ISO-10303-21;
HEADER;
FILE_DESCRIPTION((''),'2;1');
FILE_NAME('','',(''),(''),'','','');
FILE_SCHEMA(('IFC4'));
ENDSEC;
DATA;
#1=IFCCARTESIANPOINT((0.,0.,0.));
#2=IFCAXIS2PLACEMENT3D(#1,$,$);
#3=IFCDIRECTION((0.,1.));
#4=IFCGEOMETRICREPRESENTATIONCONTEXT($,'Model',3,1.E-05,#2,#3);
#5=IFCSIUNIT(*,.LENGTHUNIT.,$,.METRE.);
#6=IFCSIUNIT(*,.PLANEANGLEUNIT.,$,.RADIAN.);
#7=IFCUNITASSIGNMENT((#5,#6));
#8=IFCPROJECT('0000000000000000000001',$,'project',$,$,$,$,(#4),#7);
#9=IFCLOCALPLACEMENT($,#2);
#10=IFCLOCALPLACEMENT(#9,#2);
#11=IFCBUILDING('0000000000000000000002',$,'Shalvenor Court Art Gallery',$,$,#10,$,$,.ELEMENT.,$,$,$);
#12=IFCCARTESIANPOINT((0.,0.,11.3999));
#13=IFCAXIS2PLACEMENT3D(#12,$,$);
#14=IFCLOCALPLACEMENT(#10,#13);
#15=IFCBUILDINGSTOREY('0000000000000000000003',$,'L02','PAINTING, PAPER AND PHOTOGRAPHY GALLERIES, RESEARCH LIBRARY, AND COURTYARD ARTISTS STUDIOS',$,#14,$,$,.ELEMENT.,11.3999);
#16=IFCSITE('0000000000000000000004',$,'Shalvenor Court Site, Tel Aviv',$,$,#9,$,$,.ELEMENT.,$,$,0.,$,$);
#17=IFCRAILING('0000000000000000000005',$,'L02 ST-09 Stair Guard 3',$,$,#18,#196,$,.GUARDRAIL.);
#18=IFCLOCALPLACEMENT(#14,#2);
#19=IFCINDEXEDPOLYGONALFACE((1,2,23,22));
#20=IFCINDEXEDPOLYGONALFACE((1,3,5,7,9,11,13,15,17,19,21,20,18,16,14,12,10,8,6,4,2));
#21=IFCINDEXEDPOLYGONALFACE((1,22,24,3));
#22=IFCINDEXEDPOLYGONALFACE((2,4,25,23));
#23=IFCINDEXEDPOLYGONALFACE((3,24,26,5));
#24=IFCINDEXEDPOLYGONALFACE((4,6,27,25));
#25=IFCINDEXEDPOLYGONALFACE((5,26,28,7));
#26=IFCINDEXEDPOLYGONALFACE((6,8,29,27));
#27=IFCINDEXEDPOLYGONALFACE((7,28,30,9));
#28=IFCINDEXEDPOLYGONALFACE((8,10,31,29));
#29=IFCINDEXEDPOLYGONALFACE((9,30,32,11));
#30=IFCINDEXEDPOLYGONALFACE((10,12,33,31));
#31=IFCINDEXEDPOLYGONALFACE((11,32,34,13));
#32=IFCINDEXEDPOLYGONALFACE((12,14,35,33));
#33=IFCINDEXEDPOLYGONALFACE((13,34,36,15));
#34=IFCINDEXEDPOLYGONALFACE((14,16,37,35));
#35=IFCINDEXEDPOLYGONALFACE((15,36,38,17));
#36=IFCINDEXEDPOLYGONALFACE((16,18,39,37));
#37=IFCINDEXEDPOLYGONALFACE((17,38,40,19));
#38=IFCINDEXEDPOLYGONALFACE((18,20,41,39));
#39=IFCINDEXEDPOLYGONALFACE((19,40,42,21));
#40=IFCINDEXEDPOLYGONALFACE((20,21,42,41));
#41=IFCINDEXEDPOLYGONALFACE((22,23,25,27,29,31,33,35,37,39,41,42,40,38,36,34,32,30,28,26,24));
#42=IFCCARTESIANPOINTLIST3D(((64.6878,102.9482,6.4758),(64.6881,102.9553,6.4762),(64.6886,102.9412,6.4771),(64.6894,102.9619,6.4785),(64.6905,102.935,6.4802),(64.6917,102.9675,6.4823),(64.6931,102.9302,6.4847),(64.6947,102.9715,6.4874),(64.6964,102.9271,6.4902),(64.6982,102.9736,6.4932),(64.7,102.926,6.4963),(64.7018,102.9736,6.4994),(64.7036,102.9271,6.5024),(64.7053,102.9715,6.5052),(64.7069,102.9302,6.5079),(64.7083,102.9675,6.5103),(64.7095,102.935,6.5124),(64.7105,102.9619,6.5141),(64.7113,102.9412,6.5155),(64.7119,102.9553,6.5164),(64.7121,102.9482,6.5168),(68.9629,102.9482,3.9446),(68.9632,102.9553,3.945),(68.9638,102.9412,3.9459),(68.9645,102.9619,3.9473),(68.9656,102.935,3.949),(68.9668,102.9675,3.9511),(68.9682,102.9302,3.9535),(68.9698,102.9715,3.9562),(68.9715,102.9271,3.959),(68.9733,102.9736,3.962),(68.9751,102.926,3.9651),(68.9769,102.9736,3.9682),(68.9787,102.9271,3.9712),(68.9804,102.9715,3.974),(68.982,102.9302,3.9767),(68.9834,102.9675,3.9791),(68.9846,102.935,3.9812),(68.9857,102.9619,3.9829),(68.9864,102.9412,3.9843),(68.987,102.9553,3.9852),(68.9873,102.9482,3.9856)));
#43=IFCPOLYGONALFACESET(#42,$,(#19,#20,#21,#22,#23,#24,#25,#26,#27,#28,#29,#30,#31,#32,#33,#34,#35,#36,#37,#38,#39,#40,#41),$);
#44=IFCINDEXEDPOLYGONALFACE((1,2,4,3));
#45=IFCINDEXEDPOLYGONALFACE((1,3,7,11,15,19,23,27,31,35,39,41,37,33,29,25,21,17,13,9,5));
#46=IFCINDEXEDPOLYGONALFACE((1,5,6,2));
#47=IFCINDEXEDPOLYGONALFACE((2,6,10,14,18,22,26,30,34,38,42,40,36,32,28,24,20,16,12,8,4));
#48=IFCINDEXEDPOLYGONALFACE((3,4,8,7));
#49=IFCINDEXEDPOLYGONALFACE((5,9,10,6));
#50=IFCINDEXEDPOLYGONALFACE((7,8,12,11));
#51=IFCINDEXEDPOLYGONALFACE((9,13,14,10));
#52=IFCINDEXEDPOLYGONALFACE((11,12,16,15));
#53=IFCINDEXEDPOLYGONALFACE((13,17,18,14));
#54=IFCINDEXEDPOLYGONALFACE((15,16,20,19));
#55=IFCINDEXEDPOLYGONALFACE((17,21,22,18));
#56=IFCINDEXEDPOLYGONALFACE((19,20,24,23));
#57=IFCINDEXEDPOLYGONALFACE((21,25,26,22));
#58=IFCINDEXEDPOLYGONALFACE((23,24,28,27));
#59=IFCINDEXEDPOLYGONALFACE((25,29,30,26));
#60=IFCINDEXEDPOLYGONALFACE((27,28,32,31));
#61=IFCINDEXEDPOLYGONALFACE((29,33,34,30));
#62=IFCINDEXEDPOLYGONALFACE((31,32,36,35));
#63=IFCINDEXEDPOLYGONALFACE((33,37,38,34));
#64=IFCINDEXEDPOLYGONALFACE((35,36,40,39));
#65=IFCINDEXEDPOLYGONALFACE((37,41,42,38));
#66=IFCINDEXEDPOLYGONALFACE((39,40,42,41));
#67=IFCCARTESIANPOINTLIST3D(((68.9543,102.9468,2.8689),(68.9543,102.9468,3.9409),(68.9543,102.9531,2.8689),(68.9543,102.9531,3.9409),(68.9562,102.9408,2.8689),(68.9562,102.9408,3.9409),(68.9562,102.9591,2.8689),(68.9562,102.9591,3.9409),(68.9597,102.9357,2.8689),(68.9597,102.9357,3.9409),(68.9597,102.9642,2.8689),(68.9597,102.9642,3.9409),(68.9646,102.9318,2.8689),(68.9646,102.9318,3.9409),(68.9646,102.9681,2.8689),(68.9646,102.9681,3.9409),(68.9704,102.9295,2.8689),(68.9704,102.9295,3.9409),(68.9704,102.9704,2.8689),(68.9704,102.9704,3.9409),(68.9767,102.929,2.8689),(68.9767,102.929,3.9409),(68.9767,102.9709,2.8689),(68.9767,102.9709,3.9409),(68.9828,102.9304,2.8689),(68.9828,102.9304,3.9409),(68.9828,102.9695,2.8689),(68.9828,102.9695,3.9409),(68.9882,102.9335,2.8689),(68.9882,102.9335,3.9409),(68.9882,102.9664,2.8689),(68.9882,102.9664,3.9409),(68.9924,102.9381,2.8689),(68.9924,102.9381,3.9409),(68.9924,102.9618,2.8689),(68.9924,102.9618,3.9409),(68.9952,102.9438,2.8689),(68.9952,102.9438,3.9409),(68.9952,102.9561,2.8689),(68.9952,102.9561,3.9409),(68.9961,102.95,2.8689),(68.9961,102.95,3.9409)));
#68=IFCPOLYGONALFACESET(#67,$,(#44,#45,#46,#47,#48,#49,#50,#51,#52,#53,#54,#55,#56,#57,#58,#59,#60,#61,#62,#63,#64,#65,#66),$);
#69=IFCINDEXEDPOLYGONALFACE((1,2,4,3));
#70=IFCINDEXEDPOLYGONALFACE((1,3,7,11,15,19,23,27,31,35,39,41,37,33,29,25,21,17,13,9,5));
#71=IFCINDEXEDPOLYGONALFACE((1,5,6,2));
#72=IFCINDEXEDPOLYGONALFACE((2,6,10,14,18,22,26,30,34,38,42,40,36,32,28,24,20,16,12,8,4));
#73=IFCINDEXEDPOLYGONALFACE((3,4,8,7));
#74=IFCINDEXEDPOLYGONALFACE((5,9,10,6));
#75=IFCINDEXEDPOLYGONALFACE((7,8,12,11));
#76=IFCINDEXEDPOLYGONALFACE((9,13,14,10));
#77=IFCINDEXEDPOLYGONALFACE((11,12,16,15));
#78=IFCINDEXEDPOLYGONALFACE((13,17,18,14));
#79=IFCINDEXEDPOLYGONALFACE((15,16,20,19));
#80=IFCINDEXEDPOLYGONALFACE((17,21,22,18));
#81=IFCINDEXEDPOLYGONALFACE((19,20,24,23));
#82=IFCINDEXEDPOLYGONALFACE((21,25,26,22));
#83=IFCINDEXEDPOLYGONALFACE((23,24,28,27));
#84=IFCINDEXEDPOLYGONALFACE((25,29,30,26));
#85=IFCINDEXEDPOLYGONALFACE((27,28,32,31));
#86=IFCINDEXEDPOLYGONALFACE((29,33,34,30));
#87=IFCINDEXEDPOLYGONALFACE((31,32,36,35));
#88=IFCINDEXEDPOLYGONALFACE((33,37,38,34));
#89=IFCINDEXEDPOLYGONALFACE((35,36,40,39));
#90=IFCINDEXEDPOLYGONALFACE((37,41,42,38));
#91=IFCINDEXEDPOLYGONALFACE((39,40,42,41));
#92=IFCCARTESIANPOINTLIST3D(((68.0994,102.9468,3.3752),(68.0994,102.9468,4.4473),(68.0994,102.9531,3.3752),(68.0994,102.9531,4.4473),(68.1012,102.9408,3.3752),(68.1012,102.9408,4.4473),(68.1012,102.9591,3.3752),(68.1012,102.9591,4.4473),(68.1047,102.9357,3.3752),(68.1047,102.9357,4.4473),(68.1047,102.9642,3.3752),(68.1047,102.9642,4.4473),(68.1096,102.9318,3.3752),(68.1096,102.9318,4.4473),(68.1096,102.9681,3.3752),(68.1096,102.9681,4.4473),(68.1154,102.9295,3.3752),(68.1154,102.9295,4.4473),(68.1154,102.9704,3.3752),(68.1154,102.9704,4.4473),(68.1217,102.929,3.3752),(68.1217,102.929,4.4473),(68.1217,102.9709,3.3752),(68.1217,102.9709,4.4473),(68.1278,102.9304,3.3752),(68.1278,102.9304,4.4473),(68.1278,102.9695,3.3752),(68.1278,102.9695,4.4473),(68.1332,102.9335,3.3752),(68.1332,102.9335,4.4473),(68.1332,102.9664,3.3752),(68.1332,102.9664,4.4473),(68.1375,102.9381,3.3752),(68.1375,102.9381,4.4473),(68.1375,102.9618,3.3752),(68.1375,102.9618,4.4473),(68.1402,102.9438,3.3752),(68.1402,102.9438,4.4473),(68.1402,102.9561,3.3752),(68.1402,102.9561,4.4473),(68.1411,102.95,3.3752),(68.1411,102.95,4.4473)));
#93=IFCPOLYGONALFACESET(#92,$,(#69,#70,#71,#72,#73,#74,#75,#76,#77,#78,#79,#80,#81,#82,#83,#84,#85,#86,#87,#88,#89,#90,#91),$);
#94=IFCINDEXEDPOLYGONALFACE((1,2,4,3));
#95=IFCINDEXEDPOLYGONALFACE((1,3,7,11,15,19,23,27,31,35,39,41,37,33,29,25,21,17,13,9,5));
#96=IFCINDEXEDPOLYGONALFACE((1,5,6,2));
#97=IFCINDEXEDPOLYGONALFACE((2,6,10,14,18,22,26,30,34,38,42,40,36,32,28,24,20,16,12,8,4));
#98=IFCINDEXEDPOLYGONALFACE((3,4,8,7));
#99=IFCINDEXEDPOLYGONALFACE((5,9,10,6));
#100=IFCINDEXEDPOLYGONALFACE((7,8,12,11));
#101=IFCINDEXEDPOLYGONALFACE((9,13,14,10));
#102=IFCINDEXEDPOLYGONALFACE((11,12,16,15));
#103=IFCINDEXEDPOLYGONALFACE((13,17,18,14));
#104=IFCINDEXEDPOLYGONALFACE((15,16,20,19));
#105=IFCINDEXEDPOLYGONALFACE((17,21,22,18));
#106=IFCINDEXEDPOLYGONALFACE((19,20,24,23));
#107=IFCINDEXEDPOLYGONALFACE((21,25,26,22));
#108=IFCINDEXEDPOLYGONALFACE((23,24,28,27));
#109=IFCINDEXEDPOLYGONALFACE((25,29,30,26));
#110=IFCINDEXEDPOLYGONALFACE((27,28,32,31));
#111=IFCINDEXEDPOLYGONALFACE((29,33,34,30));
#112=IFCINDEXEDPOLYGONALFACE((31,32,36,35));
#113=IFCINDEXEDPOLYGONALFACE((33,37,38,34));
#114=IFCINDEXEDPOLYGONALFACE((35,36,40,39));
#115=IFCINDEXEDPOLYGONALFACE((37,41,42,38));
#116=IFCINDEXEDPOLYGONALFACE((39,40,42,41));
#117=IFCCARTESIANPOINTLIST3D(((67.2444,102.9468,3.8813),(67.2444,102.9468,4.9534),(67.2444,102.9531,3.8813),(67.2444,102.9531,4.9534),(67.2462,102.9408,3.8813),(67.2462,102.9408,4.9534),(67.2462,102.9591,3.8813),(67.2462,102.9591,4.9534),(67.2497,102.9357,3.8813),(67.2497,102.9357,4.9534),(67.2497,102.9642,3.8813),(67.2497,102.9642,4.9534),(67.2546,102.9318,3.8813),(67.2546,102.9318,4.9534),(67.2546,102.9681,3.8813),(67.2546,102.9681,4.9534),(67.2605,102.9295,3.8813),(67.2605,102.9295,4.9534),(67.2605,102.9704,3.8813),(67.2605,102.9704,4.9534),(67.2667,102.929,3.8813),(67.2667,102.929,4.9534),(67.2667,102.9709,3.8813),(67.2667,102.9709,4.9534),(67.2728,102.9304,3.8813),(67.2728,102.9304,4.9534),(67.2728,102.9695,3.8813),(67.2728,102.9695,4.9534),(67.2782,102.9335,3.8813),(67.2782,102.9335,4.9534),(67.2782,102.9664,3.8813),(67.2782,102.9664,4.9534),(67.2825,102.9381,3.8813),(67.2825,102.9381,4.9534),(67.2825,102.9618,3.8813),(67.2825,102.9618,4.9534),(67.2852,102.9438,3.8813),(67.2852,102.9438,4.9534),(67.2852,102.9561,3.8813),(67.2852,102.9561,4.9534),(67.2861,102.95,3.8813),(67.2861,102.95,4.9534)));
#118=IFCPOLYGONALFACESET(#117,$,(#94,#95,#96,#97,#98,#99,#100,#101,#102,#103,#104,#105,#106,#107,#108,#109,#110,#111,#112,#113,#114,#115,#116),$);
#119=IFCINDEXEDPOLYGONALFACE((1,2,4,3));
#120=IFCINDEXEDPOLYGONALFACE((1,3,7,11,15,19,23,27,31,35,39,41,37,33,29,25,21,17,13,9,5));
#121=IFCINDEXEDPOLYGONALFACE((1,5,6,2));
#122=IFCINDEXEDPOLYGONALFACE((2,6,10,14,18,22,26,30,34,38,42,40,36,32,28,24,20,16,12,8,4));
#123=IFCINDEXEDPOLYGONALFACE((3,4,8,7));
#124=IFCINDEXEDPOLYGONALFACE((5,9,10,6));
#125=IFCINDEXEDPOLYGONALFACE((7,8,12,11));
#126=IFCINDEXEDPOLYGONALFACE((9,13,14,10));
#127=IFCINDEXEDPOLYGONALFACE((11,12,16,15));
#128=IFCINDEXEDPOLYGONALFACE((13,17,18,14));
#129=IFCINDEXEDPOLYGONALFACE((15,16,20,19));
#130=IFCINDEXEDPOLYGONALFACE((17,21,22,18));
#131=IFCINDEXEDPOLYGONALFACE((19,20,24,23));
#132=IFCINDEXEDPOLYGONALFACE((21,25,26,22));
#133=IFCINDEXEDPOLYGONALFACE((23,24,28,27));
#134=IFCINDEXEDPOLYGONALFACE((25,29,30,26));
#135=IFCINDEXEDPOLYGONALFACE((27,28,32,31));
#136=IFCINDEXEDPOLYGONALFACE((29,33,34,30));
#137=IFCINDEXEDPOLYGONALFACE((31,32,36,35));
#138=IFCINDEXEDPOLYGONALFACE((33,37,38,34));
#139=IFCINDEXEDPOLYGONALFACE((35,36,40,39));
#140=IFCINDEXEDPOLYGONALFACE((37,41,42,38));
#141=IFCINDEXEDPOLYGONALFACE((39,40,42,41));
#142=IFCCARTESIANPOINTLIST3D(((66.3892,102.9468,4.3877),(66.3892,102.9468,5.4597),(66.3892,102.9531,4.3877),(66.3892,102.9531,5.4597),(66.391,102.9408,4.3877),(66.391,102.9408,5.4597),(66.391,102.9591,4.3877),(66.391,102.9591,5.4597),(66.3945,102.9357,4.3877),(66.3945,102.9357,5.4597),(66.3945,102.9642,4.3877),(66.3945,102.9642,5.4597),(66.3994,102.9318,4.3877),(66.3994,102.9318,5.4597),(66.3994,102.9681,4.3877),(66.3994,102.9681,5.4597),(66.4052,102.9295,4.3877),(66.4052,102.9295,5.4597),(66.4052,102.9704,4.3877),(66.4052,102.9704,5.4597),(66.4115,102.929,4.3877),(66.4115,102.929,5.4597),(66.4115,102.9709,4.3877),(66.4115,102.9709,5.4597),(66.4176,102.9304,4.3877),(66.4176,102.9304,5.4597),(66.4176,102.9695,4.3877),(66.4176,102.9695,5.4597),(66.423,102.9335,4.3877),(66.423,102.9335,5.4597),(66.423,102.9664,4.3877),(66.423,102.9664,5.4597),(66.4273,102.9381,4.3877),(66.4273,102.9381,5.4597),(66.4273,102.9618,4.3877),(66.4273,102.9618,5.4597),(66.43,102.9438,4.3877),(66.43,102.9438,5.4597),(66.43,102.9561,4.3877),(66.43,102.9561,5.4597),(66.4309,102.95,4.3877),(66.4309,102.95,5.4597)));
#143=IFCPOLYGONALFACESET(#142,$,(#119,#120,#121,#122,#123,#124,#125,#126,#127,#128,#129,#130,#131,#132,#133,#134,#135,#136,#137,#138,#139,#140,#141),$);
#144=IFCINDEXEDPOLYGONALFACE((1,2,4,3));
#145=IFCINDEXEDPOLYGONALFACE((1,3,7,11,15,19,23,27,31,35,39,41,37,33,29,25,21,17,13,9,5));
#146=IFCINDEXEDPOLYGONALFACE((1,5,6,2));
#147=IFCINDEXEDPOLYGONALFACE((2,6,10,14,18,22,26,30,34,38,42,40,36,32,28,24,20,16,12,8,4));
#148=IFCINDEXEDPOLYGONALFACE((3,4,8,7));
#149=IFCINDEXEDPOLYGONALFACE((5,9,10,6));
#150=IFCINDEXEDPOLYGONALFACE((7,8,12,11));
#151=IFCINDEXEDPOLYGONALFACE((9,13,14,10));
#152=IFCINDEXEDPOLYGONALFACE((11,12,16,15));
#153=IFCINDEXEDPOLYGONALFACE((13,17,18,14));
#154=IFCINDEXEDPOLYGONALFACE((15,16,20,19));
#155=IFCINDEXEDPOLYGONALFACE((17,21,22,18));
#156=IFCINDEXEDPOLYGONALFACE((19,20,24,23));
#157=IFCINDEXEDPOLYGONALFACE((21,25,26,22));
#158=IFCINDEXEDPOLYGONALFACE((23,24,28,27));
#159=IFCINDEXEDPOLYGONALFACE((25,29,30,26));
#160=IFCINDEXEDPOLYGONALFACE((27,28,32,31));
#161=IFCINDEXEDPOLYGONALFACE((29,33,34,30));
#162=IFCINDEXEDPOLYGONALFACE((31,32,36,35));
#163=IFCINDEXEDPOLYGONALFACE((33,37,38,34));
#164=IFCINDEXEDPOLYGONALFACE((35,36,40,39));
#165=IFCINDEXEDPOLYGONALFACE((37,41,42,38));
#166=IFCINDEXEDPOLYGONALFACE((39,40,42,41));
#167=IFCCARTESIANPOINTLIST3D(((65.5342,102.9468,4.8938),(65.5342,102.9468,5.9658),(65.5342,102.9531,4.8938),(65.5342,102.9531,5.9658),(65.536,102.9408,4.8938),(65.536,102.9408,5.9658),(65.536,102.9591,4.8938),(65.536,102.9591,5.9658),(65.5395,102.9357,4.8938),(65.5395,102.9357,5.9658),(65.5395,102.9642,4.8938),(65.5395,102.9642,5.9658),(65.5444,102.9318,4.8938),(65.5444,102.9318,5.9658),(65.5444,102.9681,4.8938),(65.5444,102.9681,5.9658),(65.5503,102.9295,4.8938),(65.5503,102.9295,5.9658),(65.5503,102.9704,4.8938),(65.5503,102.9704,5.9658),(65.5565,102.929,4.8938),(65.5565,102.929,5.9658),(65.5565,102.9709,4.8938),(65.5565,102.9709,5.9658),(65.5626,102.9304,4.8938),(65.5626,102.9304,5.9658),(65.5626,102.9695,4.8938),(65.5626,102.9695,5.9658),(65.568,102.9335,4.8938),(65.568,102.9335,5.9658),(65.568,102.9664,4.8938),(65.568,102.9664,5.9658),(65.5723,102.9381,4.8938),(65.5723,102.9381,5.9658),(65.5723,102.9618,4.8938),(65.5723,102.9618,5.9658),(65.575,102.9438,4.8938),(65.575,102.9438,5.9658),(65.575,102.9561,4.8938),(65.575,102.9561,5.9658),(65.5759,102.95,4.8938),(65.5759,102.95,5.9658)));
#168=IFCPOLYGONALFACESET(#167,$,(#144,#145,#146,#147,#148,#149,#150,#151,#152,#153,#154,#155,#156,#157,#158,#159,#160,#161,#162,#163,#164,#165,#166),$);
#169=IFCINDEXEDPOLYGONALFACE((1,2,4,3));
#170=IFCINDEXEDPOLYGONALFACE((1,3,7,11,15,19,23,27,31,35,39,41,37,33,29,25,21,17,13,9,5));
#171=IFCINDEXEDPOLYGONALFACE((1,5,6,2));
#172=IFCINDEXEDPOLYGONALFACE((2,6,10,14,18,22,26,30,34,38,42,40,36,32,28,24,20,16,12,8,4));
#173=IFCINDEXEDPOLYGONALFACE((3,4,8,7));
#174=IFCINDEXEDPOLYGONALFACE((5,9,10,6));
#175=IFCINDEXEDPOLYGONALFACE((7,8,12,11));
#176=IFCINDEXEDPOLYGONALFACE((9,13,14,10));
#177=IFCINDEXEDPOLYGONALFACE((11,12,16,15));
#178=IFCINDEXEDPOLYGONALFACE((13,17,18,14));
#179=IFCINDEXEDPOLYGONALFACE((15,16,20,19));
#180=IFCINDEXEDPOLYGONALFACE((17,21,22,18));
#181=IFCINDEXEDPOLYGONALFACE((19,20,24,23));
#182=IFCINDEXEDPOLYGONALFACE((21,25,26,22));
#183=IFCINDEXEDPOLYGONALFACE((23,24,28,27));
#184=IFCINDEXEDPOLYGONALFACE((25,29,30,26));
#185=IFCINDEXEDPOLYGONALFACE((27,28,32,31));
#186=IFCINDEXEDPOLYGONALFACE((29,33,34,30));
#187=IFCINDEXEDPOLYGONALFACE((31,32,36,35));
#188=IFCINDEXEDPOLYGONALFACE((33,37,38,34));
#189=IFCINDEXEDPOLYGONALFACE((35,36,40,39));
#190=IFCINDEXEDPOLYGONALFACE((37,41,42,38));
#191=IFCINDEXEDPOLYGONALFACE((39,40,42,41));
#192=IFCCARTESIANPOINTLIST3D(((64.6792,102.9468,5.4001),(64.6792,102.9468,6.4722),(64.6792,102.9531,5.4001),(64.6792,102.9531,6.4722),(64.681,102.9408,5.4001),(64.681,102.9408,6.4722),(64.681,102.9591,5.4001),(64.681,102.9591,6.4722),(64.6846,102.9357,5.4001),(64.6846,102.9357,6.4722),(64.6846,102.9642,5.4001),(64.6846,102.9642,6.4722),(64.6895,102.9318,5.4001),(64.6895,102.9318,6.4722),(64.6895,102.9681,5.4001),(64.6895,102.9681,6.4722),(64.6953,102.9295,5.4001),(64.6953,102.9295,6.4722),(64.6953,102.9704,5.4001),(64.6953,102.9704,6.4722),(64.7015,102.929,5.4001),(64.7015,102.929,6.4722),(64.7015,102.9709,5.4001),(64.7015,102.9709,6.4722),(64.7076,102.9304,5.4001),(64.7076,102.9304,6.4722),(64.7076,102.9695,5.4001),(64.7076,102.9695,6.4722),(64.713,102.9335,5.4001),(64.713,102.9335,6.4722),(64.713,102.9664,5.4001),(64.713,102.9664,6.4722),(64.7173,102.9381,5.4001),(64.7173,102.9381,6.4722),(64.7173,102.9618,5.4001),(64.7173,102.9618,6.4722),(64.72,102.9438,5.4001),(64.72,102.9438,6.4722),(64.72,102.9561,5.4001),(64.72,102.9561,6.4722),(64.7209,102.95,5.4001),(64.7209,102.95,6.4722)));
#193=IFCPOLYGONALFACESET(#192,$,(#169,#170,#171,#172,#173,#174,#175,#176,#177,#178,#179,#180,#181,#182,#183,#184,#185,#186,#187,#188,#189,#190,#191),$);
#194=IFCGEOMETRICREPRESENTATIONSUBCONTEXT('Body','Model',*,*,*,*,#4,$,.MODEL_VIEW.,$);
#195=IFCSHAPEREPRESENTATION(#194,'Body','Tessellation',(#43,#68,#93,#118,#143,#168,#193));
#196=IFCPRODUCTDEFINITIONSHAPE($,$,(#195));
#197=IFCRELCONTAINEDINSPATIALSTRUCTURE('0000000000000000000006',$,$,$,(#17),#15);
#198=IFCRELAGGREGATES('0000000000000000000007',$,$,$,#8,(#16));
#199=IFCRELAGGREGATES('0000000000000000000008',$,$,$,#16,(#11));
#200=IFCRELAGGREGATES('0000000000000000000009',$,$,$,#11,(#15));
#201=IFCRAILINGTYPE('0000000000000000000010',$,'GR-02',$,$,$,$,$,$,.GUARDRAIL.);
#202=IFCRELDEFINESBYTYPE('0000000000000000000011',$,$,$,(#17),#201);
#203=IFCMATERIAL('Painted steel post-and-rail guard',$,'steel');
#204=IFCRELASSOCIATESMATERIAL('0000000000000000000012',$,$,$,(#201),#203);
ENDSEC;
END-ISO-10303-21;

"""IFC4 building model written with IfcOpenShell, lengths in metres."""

from ifc_helpers import new_model, si_unit, direction, frame, origin, origin_2d, place, context, subcontext, project, spatial, circle, extrude, material, type_object, element, save


model = new_model("IFC4")

# Units and contexts
model_context = context("Model", 3, precision=1e-05, world=origin(), true_north=direction((0.0, 1.0)))
body_context = subcontext(model_context, "Body", "Model", "MODEL_VIEW")
ifc_project = project(units=[si_unit("LENGTHUNIT", "METRE"), si_unit("PLANEANGLEUNIT", "RADIAN")], contexts=[model_context])

# Site, building, storey
site_placement = place(None, origin())
site = spatial("IfcSite", under=ifc_project, at=site_placement, Name="Shalvenor Court Site, Tel Aviv", CompositionType="ELEMENT", RefElevation=0.0)
building_placement = place(site_placement, origin())
building = spatial("IfcBuilding", under=site, at=building_placement, Name="Shalvenor Court Art Gallery", CompositionType="ELEMENT")
storey_placement = place(building_placement, frame((0.0, 0.0, 11.3999)))
storey = spatial("IfcBuildingStorey", under=building, at=storey_placement, Name="L02", Description="PAINTING, PAPER AND PHOTOGRAPHY GALLERIES, RESEARCH LIBRARY, AND COURTYARD ARTISTS STUDIOS", CompositionType="ELEMENT", Elevation=11.3999)

# Railing
ifc_material_1 = material(Name="Painted steel post-and-rail guard", Category="steel")
railing_type_1 = type_object("IfcRailingType", Name="GR-02", PredefinedType="GUARDRAIL", material=ifc_material_1)
railing_1_placement = place(storey_placement, frame((68.9751, 102.95, 2.8689)))
element("IfcRailing", 1, at=railing_1_placement, inside=storey, type_object=railing_type_1, Name="L02 ST-09 Stair Guard 3", PredefinedType="GUARDRAIL", context=body_context, shape_type="SweptSolid", body=[
    extrude(circle(Radius=0.0239, at=origin_2d()), frame((0.0, 0.0, 1.0962), z_axis=(-0.860483, 0.0, 0.509479), x_axis=(0.0, -1.0, 0.0)), (0.0, 0.0, 1.0), 4.9683),
    extrude(circle(Radius=0.021, at=origin_2d()), origin(), (0.0, 0.0, 1.0), 1.072),
    extrude(circle(Radius=0.021, at=origin_2d()), frame((-0.855, 0.0, 0.5063)), (0.0, 0.0, 1.0), 1.072),
    extrude(circle(Radius=0.021, at=origin_2d()), frame((-1.71, 0.0, 1.0125)), (0.0, 0.0, 1.0), 1.072),
    extrude(circle(Radius=0.021, at=origin_2d()), frame((-2.5652, 0.0, 1.5188)), (0.0, 0.0, 1.0), 1.072),
    extrude(circle(Radius=0.021, at=origin_2d()), frame((-3.4202, 0.0, 2.0249)), (0.0, 0.0, 1.0), 1.072),
    extrude(circle(Radius=0.021, at=origin_2d()), frame((-4.2751, 0.0, 2.5312)), (0.0, 0.0, 1.0), 1.072),
])

save(model, "model.ifc")
